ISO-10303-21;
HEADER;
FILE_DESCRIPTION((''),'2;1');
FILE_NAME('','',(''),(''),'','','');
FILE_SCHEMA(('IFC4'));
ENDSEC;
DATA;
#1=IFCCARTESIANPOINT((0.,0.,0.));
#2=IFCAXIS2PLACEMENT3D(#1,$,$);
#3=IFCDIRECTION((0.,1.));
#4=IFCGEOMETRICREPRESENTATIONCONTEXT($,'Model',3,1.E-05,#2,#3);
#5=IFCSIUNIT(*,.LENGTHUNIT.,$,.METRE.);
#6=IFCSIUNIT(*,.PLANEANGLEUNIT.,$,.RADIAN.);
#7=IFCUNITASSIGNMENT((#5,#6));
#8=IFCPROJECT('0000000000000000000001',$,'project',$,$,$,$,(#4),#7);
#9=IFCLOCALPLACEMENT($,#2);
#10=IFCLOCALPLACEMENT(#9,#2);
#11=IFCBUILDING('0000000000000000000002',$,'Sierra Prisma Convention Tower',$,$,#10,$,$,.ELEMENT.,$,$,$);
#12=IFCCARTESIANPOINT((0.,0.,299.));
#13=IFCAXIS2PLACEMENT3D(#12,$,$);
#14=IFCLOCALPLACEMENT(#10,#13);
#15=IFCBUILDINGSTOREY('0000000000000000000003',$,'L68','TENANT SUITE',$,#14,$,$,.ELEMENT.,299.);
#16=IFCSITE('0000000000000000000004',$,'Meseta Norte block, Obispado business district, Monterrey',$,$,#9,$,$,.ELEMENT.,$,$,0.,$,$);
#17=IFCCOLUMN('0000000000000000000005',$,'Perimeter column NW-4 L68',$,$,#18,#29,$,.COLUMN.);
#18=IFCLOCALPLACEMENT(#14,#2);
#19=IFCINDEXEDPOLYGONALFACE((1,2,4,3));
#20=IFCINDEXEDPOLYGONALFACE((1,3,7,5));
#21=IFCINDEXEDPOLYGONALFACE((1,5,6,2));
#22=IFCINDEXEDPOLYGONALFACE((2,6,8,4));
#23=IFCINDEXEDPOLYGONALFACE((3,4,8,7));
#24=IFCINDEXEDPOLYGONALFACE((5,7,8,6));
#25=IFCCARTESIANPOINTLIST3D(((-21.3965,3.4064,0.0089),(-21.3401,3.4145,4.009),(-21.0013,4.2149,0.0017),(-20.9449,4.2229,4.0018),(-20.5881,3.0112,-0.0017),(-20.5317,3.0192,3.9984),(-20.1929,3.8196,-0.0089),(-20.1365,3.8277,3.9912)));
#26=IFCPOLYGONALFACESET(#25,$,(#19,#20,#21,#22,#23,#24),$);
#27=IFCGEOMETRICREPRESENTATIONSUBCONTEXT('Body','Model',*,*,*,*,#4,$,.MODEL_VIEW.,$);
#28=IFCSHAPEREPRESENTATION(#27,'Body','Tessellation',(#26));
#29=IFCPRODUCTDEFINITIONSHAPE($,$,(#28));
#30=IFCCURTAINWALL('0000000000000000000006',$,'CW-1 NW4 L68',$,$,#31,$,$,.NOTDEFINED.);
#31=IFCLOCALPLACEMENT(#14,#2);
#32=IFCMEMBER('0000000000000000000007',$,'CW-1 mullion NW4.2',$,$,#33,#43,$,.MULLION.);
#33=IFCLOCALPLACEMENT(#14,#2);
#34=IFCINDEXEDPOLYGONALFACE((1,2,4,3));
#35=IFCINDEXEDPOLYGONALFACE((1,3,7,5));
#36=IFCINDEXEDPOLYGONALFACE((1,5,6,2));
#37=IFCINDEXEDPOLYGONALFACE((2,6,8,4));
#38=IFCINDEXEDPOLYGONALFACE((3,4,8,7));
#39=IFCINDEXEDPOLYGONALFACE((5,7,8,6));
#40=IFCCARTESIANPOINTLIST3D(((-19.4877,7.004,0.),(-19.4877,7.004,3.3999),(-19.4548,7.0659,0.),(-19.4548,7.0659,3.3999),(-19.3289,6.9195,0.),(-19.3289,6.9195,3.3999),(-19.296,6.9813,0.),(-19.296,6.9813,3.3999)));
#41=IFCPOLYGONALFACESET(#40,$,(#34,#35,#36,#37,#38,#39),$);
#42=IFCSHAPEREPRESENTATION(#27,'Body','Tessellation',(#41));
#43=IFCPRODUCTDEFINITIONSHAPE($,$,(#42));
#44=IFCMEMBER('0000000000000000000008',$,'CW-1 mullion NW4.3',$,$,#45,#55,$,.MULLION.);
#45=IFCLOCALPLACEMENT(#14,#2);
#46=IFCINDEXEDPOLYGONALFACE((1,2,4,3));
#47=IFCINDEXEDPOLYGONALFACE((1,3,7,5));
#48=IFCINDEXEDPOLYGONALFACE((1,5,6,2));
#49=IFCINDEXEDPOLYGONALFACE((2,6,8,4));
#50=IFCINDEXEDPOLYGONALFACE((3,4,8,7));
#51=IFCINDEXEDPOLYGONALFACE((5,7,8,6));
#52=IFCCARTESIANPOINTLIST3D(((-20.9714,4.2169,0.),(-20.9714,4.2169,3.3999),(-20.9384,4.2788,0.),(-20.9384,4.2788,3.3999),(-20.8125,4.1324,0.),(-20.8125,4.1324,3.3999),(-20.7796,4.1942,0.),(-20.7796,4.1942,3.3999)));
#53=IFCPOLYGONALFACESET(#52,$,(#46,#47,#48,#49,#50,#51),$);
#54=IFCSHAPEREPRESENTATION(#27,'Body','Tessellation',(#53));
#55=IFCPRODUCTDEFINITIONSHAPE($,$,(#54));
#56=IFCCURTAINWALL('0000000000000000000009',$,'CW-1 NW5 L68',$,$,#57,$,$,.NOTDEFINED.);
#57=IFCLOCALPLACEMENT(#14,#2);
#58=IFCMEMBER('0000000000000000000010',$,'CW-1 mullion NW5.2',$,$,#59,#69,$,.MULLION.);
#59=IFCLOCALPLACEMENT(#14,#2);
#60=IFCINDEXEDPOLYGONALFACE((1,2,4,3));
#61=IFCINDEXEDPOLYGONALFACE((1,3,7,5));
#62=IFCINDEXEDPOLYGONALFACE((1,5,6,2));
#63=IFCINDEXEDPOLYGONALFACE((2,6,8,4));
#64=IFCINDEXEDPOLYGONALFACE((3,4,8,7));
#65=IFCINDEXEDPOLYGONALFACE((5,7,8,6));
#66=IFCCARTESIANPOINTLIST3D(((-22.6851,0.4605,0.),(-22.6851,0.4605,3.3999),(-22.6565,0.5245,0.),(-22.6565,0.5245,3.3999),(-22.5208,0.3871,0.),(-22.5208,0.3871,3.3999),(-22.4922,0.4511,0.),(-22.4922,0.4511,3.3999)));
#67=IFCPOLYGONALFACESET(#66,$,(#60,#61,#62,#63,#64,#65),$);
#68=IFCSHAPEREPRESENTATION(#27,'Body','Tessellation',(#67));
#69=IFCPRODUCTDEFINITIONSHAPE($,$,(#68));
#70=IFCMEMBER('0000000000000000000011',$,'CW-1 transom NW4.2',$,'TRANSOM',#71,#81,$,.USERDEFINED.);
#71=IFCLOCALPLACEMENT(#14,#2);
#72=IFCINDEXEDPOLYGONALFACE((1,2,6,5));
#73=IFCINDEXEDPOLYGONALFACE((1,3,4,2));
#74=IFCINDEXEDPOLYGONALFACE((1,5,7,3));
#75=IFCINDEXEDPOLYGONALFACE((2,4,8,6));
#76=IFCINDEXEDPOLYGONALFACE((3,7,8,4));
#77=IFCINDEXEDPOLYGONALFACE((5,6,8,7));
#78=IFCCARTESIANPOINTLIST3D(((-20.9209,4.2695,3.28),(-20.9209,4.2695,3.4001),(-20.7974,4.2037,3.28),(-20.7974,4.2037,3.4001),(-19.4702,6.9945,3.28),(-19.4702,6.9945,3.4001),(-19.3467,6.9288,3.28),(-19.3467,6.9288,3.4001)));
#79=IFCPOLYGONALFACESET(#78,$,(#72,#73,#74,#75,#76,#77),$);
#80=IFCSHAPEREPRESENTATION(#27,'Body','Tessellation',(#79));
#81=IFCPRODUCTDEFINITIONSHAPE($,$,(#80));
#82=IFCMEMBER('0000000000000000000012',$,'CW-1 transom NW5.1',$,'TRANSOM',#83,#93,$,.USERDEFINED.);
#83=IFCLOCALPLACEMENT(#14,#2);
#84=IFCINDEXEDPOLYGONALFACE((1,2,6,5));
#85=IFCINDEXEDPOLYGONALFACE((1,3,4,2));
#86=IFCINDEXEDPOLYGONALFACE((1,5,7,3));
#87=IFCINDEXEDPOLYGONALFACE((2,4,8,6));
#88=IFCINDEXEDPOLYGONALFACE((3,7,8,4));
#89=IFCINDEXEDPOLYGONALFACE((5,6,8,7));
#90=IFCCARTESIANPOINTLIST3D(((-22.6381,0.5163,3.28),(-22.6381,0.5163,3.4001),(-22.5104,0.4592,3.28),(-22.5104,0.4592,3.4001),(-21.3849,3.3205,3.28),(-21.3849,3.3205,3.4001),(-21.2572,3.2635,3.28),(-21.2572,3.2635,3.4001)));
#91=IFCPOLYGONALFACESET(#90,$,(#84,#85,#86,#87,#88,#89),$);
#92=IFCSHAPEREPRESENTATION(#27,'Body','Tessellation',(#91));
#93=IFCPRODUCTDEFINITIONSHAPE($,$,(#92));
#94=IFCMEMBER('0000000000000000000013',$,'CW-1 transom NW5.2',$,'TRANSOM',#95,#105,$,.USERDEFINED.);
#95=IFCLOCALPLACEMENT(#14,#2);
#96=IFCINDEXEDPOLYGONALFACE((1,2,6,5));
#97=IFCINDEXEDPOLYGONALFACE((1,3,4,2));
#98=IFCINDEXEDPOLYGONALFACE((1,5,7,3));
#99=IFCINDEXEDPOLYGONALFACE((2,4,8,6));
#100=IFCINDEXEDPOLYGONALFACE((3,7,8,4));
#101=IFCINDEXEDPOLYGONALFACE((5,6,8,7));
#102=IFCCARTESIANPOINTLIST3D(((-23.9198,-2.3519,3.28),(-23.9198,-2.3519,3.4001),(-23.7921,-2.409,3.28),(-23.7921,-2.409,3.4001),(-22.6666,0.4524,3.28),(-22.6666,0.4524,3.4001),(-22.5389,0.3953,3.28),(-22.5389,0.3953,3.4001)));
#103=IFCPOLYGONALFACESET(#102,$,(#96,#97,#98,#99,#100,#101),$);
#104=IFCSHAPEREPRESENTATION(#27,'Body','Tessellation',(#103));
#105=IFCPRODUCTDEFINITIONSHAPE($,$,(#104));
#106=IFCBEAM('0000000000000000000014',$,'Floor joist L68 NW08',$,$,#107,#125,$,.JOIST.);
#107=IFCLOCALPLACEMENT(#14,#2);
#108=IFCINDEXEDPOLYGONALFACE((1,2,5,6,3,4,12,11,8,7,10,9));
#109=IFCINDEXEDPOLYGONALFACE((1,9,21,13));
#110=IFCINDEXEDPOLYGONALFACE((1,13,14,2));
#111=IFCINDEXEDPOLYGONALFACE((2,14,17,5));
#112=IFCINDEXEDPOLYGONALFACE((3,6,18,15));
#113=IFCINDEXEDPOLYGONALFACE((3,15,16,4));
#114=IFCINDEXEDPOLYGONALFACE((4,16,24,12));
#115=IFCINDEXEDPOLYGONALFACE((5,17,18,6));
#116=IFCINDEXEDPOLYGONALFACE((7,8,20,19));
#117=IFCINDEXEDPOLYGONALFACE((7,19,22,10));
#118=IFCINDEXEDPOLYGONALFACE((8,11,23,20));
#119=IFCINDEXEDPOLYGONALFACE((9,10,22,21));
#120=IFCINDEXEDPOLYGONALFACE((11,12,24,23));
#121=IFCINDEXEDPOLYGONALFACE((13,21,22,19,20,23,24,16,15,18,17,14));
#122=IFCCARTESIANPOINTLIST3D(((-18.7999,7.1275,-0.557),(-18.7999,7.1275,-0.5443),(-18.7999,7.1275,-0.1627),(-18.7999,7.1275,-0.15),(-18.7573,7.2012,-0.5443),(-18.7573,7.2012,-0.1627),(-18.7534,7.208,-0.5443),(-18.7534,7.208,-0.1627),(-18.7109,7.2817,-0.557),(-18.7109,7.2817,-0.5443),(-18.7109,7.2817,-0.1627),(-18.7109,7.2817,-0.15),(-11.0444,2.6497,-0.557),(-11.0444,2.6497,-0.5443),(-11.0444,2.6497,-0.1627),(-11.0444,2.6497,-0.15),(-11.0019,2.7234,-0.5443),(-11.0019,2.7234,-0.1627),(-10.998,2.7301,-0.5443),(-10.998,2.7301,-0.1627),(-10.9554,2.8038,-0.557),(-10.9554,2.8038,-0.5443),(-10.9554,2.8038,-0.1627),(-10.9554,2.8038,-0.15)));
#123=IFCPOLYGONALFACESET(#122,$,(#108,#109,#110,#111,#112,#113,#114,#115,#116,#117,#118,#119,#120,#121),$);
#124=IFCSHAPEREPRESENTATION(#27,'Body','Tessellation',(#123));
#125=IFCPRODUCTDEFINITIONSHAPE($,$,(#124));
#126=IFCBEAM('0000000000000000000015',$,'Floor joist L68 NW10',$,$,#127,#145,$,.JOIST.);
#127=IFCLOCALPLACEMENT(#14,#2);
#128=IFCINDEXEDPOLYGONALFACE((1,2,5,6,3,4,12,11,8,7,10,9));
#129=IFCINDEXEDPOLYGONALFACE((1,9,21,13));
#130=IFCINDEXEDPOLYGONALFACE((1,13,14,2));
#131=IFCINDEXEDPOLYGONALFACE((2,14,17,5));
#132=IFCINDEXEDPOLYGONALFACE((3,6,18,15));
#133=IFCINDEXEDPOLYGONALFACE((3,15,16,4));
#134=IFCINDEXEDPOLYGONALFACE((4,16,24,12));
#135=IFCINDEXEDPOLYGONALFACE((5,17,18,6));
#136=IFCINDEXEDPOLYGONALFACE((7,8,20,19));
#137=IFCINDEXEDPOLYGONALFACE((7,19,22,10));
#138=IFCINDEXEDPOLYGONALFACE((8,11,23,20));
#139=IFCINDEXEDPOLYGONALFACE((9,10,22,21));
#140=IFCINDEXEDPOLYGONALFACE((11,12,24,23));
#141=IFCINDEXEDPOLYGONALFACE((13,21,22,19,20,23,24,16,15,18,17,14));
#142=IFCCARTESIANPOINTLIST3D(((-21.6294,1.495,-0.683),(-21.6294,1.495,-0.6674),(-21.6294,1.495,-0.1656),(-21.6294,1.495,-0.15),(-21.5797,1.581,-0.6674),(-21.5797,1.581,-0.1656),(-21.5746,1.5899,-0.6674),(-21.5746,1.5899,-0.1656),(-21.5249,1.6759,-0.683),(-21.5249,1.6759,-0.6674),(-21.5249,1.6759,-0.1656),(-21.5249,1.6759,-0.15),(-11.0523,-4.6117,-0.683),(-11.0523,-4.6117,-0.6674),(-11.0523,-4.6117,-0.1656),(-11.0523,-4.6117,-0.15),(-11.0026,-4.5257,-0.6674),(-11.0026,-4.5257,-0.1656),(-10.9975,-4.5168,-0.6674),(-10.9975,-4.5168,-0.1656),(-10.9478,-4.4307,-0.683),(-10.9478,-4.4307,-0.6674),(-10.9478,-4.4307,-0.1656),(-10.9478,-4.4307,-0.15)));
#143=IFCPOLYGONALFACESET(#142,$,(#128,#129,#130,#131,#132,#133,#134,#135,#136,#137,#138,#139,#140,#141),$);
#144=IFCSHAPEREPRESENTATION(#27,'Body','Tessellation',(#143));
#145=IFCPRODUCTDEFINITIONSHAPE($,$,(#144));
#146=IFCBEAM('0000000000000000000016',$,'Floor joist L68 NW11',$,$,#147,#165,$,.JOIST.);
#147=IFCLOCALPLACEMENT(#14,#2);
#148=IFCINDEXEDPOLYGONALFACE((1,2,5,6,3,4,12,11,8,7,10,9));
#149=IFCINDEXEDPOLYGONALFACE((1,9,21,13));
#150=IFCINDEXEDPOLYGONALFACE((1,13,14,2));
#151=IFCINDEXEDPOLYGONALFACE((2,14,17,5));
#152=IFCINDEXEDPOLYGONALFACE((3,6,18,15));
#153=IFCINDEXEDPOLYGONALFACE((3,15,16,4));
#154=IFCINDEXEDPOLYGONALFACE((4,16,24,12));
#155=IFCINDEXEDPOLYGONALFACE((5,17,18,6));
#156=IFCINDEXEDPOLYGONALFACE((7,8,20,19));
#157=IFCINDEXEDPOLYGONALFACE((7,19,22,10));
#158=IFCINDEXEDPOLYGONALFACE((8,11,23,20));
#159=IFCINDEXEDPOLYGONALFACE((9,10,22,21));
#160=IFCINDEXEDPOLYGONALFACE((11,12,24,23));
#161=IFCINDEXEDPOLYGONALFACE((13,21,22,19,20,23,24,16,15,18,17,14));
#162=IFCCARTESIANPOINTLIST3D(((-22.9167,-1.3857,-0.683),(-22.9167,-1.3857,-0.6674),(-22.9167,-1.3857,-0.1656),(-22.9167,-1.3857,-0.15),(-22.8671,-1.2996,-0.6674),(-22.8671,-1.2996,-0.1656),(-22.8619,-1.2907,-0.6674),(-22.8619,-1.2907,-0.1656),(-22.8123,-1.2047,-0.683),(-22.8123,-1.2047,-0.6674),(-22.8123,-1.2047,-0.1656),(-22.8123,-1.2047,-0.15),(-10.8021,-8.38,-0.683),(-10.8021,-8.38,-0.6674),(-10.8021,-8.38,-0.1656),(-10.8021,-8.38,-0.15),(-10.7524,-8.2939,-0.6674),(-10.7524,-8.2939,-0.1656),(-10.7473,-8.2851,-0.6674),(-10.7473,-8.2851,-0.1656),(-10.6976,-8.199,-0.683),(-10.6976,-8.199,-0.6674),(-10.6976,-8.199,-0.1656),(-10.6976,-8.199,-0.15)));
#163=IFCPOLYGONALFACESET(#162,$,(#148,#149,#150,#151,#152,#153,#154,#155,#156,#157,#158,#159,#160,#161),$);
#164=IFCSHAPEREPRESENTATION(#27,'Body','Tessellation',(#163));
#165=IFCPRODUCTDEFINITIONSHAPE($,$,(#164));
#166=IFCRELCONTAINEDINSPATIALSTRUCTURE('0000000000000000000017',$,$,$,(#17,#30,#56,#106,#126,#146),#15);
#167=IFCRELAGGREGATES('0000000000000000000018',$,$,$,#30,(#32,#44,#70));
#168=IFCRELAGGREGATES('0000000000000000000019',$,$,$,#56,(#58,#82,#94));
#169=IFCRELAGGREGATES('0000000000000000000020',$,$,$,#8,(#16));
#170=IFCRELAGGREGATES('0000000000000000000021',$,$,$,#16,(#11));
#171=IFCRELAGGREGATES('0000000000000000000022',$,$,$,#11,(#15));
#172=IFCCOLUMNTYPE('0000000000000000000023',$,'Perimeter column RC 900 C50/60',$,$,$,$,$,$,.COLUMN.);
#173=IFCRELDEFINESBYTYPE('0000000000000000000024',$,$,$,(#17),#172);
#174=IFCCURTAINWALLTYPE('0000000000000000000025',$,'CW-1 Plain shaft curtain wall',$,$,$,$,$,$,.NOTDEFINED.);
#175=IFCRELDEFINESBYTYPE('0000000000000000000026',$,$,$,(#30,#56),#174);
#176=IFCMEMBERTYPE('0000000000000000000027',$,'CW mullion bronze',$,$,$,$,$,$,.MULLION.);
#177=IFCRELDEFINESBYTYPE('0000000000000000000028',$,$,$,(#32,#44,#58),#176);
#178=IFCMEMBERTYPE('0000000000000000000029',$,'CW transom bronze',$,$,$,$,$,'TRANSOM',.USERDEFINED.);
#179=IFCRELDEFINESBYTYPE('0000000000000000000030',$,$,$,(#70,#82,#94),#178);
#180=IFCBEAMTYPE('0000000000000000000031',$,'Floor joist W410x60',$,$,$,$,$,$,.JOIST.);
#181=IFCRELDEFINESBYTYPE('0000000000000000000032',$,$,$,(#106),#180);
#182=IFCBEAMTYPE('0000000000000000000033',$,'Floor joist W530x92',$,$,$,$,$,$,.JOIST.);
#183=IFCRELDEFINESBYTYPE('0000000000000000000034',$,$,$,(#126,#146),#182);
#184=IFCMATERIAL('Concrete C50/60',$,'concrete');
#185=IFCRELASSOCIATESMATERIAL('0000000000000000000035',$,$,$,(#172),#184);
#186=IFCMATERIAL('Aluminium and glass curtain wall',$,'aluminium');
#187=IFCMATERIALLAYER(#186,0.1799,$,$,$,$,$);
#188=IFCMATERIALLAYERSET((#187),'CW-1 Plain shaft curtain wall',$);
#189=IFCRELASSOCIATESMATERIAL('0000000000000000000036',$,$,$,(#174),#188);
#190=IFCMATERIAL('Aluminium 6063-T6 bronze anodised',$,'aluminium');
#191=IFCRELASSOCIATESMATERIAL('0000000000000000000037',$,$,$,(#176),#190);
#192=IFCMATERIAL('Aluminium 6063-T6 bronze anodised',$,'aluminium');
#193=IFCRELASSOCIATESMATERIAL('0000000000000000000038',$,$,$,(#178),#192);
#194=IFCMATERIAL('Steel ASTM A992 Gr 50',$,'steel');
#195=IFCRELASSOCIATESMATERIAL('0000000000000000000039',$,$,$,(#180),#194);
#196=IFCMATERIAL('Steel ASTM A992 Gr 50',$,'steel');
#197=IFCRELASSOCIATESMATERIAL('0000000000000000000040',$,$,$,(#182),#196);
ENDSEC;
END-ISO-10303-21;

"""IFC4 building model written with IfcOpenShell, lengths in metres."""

from ifc_helpers import new_model, si_unit, direction, frame, origin, origin_2d, place, context, subcontext, project, spatial, rectangle, i_section, extrude, material, layer, layer_set, material_profile, profile_set, type_object, element, aggregate, save


model = new_model("IFC4")

# Units and contexts
model_context = context("Model", 3, precision=1e-05, world=origin(), true_north=direction((0.0, 1.0)))
body_context = subcontext(model_context, "Body", "Model", "MODEL_VIEW")
ifc_project = project(units=[si_unit("LENGTHUNIT", "METRE"), si_unit("PLANEANGLEUNIT", "RADIAN")], contexts=[model_context])

# Site, building, storey
site_placement = place(None, origin())
site = spatial("IfcSite", under=ifc_project, at=site_placement, Name="Meseta Norte block, Obispado business district, Monterrey", CompositionType="ELEMENT", RefElevation=0.0)
building_placement = place(site_placement, origin())
building = spatial("IfcBuilding", under=site, at=building_placement, Name="Sierra Prisma Convention Tower", CompositionType="ELEMENT")
storey_placement = place(building_placement, frame((0.0, 0.0, 299.0)))
storey = spatial("IfcBuildingStorey", under=building, at=storey_placement, Name="L68", Description="TENANT SUITE", CompositionType="ELEMENT", Elevation=299.0)

# Column
ifc_material_1 = material(Name="Concrete C50/60", Category="concrete")
ifc_material_profile_1 = material_profile(ifc_material_1, rectangle(XDim=0.8999, YDim=0.8999, at=origin_2d()), Name="Perimeter column RC 900 C50/60")
ifc_profile_set_1 = profile_set([ifc_material_profile_1], Name="Concrete C50/60")
column_type = type_object("IfcColumnType", Name="Perimeter column RC 900 C50/60", PredefinedType="COLUMN", material=ifc_profile_set_1)
column_placement = place(storey_placement, frame((-20.7947, 3.613, 0.0), z_axis=(0.014098, 0.002014, 0.999899), x_axis=(0.439137, 0.898385, -0.008001)))
element("IfcColumn", 1, at=column_placement, inside=storey, type_object=column_type, Name="Perimeter column NW-4 L68", PredefinedType="COLUMN", context=body_context, shape_type="SweptSolid", body=[
    extrude(rectangle(XDim=0.8999, YDim=0.8999, at=origin_2d()), origin(), (0.0, 0.0, 1.0), 4.0005),
])

# Curtain wall, members
ifc_material_2 = material(Name="Aluminium and glass curtain wall", Category="aluminium")
ifc_layer_1 = layer(ifc_material_2, 0.1799)
ifc_layer_set_1 = layer_set([ifc_layer_1], Name="CW-1 Plain shaft curtain wall")
curtain_wall_type = type_object("IfcCurtainWallType", Name="CW-1 Plain shaft curtain wall", PredefinedType="NOTDEFINED", material=ifc_layer_set_1)
curtain_wall_1_placement = place(storey_placement, origin())
curtain_wall_1 = element("IfcCurtainWall", 2, at=curtain_wall_1_placement, inside=storey, type_object=curtain_wall_type, Name="CW-1 NW4 L68", PredefinedType="NOTDEFINED")
ifc_material_3 = material(Name="Aluminium 6063-T6 bronze anodised", Category="aluminium")
ifc_material_profile_2 = material_profile(ifc_material_3, rectangle(XDim=0.1799, YDim=0.0701, at=origin_2d()), Name="ALU MULLION 70x180")
ifc_profile_set_2 = profile_set([ifc_material_profile_2], Name="Aluminium 6063-T6 bronze anodised")
member_type_1 = type_object("IfcMemberType", Name="CW mullion bronze", PredefinedType="MULLION", material=ifc_profile_set_2)
member_1_placement = place(storey_placement, frame((-19.3918, 6.9927, 0.0), z_axis=(0.0, 0.0, 1.0), x_axis=(0.882736, -0.469869, 0.0)))
member_1 = element("IfcMember", 3, at=member_1_placement, type_object=member_type_1, Name="CW-1 mullion NW4.2", PredefinedType="MULLION", context=body_context, shape_type="SweptSolid", body=[
    extrude(rectangle(XDim=0.1799, YDim=0.0701, at=origin_2d()), origin(), (0.0, 0.0, 1.0), 3.3999),
])
member_2_placement = place(storey_placement, frame((-20.8755, 4.2056, 0.0), z_axis=(0.0, 0.0, 1.0), x_axis=(0.882736, -0.469869, 0.0)))
member_2 = element("IfcMember", 4, at=member_2_placement, type_object=member_type_1, Name="CW-1 mullion NW4.3", PredefinedType="MULLION", context=body_context, shape_type="SweptSolid", body=[
    extrude(rectangle(XDim=0.1799, YDim=0.0701, at=origin_2d()), origin(), (0.0, 0.0, 1.0), 3.3999),
])

# Curtain wall, member
curtain_wall_2_placement = place(storey_placement, origin())
curtain_wall_2 = element("IfcCurtainWall", 5, at=curtain_wall_2_placement, inside=storey, type_object=curtain_wall_type, Name="CW-1 NW5 L68", PredefinedType="NOTDEFINED")
member_3_placement = place(storey_placement, frame((-22.5886, 0.4558, 0.0), z_axis=(0.0, 0.0, 1.0), x_axis=(0.912995, -0.407971, 0.0)))
member_3 = element("IfcMember", 6, at=member_3_placement, type_object=member_type_1, Name="CW-1 mullion NW5.2", PredefinedType="MULLION", context=body_context, shape_type="SweptSolid", body=[
    extrude(rectangle(XDim=0.1799, YDim=0.0701, at=origin_2d()), origin(), (0.0, 0.0, 1.0), 3.3999),
])

# Members
ifc_material_4 = material(Name="Aluminium 6063-T6 bronze anodised", Category="aluminium")
ifc_material_profile_3 = material_profile(ifc_material_4, rectangle(XDim=0.1399, YDim=0.1201, at=origin_2d()), Name="ALU TRANSOM 120x140")
ifc_profile_set_3 = profile_set([ifc_material_profile_3], Name="Aluminium 6063-T6 bronze anodised")
member_type_2 = type_object("IfcMemberType", Name="CW transom bronze", ElementType="TRANSOM", PredefinedType="USERDEFINED", material=ifc_profile_set_3)
member_4_placement = place(storey_placement, frame((-19.4084, 6.9617, 3.3401), z_axis=(-0.469907, -0.882716, 0.0), x_axis=(0.882716, -0.469907, 0.0)))
member_4 = element("IfcMember", 7, at=member_4_placement, type_object=member_type_2, Name="CW-1 transom NW4.2", ObjectType="TRANSOM", PredefinedType="USERDEFINED", context=body_context, shape_type="SweptSolid", body=[
    extrude(rectangle(XDim=0.1399, YDim=0.1201, at=origin_2d()), origin(), (0.0, 0.0, 1.0), 3.0872),
])
member_5_placement = place(storey_placement, frame((-21.321, 3.292, 3.3401), z_axis=(-0.408004, -0.91298, 0.0), x_axis=(0.91298, -0.408004, 0.0)))
member_5 = element("IfcMember", 8, at=member_5_placement, type_object=member_type_2, Name="CW-1 transom NW5.1", ObjectType="TRANSOM", PredefinedType="USERDEFINED", context=body_context, shape_type="SweptSolid", body=[
    extrude(rectangle(XDim=0.1399, YDim=0.1201, at=origin_2d()), origin(), (0.0, 0.0, 1.0), 3.0715),
])
member_6_placement = place(storey_placement, frame((-22.6028, 0.4238, 3.3401), z_axis=(-0.408004, -0.91298, 0.0), x_axis=(0.91298, -0.408004, 0.0)))
member_6 = element("IfcMember", 9, at=member_6_placement, type_object=member_type_2, Name="CW-1 transom NW5.2", ObjectType="TRANSOM", PredefinedType="USERDEFINED", context=body_context, shape_type="SweptSolid", body=[
    extrude(rectangle(XDim=0.1399, YDim=0.1201, at=origin_2d()), origin(), (0.0, 0.0, 1.0), 3.0715),
])

# Beams
ifc_material_5 = material(Name="Steel ASTM A992 Gr 50", Category="steel")
ifc_material_profile_4 = material_profile(ifc_material_5, i_section(OverallWidth=0.178, OverallDepth=0.407, WebThickness=0.0078, FlangeThickness=0.0127, at=origin_2d()), Name="W410x60")
ifc_profile_set_4 = profile_set([ifc_material_profile_4], Name="Steel ASTM A992 Gr 50")
beam_type_1 = type_object("IfcBeamType", Name="Floor joist W410x60", PredefinedType="JOIST", material=ifc_profile_set_4)
beam_1_placement = place(storey_placement, frame((-18.7554, 7.2046, -0.3535), z_axis=(0.866015, -0.500018, 0.0), x_axis=(0.500018, 0.866015, 0.0)))
element("IfcBeam", 10, at=beam_1_placement, inside=storey, type_object=beam_type_1, Name="Floor joist L68 NW08", PredefinedType="JOIST", context=body_context, shape_type="SweptSolid", body=[
    extrude(i_section(OverallWidth=0.178, OverallDepth=0.407, WebThickness=0.0078, FlangeThickness=0.0127, at=origin_2d()), origin(), (0.0, 0.0, 1.0), 8.9553),
])
ifc_material_6 = material(Name="Steel ASTM A992 Gr 50", Category="steel")
ifc_material_profile_5 = material_profile(ifc_material_6, i_section(OverallWidth=0.209, OverallDepth=0.533, WebThickness=0.0103, FlangeThickness=0.0156, at=origin_2d()), Name="W530x92")
ifc_profile_set_5 = profile_set([ifc_material_profile_5], Name="Steel ASTM A992 Gr 50")
beam_type_2 = type_object("IfcBeamType", Name="Floor joist W530x92", PredefinedType="JOIST", material=ifc_profile_set_5)
beam_2_placement = place(storey_placement, frame((-21.5771, 1.5854, -0.4165), z_axis=(0.866026, -0.499998, 0.0), x_axis=(0.499998, 0.866026, 0.0)))
element("IfcBeam", 11, at=beam_2_placement, inside=storey, type_object=beam_type_2, Name="Floor joist L68 NW10", PredefinedType="JOIST", context=body_context, shape_type="SweptSolid", body=[
    extrude(i_section(OverallWidth=0.209, OverallDepth=0.533, WebThickness=0.0103, FlangeThickness=0.0156, at=origin_2d()), origin(), (0.0, 0.0, 1.0), 12.2134),
])
beam_3_placement = place(storey_placement, frame((-22.8645, -1.2952, -0.4165), z_axis=(0.866027, -0.499996, 0.0), x_axis=(0.499996, 0.866027, 0.0)))
element("IfcBeam", 12, at=beam_3_placement, inside=storey, type_object=beam_type_2, Name="Floor joist L68 NW11", PredefinedType="JOIST", context=body_context, shape_type="SweptSolid", body=[
    extrude(i_section(OverallWidth=0.209, OverallDepth=0.533, WebThickness=0.0103, FlangeThickness=0.0156, at=origin_2d()), origin(), (0.0, 0.0, 1.0), 13.9888),
])

aggregate(curtain_wall_1, [member_1, member_2, member_4])
aggregate(curtain_wall_2, [member_3, member_5, member_6])

save(model, "model.ifc")
